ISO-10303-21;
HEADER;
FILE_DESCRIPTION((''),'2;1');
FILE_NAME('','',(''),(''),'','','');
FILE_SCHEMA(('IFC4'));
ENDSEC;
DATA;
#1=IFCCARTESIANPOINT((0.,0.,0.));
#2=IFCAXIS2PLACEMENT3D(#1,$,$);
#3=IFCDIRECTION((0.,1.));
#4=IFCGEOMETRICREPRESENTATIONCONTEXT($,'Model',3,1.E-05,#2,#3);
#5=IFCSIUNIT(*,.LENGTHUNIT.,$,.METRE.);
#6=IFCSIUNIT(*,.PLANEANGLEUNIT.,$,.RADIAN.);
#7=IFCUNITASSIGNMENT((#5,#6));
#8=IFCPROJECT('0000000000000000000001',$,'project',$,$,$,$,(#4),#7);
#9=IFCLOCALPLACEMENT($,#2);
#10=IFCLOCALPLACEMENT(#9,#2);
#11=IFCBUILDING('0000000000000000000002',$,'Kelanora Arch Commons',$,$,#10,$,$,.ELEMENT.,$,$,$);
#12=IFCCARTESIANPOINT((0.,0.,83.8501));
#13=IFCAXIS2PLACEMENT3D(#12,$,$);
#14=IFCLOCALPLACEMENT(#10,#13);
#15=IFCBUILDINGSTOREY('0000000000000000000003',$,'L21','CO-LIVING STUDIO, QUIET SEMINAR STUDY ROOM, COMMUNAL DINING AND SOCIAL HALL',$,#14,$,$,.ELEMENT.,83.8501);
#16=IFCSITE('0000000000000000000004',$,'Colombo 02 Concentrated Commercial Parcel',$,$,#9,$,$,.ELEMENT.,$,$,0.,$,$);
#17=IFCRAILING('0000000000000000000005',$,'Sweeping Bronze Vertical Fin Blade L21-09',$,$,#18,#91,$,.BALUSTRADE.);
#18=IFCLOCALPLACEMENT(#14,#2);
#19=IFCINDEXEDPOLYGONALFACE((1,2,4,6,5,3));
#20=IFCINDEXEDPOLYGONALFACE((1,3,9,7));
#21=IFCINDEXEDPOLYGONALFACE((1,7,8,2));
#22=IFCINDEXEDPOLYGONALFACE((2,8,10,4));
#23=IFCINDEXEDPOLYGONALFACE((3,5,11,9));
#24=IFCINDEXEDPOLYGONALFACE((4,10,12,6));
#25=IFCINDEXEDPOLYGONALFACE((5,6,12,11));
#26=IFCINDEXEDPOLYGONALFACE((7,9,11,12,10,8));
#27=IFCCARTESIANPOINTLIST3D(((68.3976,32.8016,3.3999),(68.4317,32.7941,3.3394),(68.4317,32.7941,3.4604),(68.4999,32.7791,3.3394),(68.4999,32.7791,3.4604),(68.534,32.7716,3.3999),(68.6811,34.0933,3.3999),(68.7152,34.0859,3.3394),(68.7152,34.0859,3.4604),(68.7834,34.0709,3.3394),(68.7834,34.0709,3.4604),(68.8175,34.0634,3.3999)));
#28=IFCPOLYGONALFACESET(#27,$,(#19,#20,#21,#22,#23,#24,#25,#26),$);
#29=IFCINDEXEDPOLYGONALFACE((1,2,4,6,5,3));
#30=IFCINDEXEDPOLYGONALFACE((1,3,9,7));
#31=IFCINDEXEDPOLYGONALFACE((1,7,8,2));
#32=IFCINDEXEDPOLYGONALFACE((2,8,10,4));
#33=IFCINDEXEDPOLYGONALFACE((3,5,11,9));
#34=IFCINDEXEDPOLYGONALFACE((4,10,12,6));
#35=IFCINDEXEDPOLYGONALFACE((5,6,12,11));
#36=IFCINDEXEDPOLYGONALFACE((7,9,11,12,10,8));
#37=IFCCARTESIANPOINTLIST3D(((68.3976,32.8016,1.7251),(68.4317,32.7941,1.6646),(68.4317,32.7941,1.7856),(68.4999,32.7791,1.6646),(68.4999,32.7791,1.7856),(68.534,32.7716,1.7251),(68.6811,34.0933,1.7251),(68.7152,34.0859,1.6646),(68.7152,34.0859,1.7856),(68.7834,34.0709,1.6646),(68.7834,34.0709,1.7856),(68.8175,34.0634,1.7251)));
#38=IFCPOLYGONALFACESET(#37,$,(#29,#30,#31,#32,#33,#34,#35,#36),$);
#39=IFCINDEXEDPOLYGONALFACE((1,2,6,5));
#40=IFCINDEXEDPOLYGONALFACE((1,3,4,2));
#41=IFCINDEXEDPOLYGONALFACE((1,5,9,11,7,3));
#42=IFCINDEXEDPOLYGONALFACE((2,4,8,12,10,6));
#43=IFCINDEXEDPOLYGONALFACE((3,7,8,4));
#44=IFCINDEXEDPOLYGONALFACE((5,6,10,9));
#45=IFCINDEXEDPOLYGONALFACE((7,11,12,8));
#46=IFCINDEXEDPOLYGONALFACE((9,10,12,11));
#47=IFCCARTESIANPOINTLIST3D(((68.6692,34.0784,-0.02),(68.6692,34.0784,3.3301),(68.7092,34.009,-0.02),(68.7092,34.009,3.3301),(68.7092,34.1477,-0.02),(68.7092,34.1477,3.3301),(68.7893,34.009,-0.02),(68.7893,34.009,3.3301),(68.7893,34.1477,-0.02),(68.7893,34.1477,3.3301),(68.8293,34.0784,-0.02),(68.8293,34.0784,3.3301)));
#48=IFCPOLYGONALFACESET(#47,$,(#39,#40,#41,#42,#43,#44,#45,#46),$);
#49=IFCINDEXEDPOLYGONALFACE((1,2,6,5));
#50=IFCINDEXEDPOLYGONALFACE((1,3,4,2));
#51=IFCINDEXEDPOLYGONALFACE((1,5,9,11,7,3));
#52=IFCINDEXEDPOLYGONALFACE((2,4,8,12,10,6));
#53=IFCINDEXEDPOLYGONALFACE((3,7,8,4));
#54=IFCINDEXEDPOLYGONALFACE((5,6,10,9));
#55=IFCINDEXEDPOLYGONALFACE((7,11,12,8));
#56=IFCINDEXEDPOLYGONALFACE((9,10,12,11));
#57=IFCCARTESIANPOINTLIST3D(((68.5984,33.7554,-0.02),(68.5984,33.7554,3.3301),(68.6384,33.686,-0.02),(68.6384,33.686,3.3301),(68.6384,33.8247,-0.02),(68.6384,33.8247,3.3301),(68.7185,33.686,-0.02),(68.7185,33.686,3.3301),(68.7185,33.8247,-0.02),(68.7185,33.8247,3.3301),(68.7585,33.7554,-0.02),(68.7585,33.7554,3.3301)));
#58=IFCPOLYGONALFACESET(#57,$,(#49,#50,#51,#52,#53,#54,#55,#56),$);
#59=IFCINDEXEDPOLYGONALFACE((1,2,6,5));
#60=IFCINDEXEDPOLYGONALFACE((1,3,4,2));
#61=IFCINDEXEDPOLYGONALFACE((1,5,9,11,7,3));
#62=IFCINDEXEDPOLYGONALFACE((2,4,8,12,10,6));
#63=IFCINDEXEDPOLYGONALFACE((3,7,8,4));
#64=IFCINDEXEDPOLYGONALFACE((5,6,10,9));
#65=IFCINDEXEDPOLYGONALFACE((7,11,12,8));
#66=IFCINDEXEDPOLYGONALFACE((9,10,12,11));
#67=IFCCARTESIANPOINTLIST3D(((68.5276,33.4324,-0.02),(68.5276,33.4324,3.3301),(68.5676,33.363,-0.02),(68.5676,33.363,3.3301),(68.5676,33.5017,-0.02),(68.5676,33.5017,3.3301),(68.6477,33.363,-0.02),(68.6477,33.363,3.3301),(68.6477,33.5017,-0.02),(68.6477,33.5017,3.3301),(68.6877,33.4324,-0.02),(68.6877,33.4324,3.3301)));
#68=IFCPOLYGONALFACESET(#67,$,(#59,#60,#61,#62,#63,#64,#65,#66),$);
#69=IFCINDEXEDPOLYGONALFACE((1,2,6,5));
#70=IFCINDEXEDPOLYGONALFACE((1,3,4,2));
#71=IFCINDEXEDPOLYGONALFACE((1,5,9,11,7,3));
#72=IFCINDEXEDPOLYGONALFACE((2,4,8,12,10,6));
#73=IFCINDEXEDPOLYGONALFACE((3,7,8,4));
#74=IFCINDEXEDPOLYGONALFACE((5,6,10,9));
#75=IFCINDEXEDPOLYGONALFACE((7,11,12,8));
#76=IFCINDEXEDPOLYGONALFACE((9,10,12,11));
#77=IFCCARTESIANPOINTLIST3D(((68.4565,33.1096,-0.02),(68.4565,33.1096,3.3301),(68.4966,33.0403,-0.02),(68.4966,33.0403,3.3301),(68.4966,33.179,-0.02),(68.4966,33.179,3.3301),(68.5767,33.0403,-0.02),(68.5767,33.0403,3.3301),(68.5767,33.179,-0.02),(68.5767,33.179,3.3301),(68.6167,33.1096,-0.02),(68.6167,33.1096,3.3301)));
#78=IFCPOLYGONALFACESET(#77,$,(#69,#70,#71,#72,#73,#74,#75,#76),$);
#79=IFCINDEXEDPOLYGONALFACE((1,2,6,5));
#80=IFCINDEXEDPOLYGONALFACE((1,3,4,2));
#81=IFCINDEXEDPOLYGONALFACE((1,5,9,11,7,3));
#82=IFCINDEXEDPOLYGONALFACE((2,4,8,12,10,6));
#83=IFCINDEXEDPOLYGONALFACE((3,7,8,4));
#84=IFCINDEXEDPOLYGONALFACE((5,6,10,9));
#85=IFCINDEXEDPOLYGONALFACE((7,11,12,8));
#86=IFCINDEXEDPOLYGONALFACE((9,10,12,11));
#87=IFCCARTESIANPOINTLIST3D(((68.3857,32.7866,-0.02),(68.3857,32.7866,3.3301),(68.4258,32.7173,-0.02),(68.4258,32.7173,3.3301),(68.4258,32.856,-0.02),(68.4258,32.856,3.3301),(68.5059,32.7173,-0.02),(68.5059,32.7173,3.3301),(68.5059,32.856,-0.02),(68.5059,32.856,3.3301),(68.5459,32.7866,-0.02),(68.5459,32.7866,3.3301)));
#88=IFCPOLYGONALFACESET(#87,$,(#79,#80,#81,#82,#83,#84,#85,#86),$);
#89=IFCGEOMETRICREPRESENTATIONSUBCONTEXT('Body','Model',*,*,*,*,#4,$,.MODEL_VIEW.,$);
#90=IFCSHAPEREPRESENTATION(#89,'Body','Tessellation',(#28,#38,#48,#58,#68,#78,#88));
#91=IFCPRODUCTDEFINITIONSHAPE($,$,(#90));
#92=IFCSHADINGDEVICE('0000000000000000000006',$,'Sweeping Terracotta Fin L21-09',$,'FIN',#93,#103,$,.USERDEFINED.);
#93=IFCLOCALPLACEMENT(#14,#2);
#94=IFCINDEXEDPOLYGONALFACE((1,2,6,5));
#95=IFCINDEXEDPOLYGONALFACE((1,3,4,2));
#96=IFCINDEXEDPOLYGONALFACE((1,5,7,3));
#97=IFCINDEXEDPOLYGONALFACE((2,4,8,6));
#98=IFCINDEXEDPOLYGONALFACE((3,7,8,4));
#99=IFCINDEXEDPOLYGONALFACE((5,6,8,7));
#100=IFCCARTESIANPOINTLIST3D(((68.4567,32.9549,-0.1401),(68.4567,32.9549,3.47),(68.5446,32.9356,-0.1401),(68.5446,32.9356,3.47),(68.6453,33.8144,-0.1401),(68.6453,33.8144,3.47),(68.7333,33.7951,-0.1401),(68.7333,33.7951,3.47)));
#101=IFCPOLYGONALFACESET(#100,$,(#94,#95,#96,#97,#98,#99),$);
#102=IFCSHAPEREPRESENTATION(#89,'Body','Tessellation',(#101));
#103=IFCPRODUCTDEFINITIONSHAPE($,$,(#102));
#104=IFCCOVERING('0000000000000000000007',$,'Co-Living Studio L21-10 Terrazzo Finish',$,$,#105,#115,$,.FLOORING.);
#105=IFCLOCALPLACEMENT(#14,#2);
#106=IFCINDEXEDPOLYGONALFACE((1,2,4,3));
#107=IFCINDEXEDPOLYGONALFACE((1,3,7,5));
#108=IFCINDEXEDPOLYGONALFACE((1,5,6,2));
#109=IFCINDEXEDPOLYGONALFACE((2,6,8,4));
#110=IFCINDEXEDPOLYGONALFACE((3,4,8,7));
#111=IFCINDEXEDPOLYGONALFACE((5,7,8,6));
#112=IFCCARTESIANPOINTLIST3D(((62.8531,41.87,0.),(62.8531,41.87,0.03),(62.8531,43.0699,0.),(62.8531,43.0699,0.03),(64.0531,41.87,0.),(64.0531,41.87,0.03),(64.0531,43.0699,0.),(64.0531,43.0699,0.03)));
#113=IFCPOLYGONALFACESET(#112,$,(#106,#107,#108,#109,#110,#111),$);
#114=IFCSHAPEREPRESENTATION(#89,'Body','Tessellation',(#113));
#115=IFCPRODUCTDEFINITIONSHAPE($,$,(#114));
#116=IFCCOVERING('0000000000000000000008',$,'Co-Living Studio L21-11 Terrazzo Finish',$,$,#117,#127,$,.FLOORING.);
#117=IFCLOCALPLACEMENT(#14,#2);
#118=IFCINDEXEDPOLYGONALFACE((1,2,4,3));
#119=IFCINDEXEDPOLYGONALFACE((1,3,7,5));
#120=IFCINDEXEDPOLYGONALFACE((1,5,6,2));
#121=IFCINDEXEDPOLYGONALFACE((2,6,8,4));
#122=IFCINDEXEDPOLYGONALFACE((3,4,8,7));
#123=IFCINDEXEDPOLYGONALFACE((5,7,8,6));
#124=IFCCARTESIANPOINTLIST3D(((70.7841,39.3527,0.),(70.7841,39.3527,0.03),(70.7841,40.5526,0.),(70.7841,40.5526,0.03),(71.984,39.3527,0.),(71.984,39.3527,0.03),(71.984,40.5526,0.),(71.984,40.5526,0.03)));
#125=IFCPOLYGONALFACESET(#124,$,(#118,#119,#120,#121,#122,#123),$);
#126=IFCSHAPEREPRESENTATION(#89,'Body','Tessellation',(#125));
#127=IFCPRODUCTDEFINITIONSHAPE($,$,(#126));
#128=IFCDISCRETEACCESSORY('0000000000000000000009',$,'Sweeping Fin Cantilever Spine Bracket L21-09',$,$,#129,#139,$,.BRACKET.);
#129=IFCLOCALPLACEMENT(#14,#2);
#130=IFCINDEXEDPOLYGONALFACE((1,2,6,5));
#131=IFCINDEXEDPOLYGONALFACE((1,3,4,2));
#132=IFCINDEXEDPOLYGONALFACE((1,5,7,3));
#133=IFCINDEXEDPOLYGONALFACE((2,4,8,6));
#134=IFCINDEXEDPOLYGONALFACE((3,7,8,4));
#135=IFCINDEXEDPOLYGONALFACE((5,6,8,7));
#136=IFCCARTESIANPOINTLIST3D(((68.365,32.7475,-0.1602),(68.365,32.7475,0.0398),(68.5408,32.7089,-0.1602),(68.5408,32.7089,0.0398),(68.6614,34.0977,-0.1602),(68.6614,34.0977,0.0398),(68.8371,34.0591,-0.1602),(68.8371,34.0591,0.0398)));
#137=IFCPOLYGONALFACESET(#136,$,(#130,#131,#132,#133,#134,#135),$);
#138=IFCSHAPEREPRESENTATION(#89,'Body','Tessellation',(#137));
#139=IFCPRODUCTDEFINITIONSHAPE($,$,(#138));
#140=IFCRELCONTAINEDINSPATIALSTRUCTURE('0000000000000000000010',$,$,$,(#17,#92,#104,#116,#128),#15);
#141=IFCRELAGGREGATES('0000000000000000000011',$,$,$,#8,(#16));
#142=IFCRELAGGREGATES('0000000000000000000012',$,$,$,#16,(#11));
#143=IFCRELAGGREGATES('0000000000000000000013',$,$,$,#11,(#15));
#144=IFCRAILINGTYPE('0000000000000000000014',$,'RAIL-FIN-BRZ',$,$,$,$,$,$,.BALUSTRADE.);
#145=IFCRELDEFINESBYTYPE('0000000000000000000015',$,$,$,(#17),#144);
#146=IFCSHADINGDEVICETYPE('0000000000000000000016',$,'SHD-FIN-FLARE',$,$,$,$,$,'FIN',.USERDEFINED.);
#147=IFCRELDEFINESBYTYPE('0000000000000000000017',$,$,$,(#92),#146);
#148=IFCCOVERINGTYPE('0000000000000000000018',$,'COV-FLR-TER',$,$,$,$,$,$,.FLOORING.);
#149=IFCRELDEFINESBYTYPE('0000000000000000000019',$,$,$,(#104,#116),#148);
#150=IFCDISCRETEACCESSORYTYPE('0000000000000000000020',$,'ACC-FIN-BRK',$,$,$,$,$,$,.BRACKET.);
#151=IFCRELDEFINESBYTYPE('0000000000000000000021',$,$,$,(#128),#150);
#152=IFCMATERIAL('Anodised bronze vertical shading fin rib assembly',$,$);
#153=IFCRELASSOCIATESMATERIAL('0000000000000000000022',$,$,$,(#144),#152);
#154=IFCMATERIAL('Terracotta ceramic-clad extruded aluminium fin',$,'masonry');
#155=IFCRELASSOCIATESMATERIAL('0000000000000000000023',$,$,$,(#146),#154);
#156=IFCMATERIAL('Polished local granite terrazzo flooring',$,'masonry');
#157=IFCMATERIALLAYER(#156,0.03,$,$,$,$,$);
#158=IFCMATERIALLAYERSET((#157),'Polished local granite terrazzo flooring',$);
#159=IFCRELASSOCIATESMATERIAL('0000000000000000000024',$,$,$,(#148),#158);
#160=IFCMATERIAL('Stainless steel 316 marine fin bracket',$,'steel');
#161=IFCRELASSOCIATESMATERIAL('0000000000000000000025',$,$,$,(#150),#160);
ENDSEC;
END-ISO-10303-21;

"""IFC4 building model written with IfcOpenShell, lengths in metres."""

from ifc_helpers import new_model, si_unit, direction, frame, origin, origin_2d, place, context, subcontext, project, spatial, polyline, rectangle, outline, extrude, source, transform, mapped, material, layer, layer_set, type_object, element, save


model = new_model("IFC4")

# Units and contexts
model_context = context("Model", 3, precision=1e-05, world=origin(), true_north=direction((0.0, 1.0)))
body_context = subcontext(model_context, "Body", "Model", "MODEL_VIEW")
ifc_project = project(units=[si_unit("LENGTHUNIT", "METRE"), si_unit("PLANEANGLEUNIT", "RADIAN")], contexts=[model_context])

# Site, building, storey
site_placement = place(None, origin())
site = spatial("IfcSite", under=ifc_project, at=site_placement, Name="Colombo 02 Concentrated Commercial Parcel", CompositionType="ELEMENT", RefElevation=0.0)
building_placement = place(site_placement, origin())
building = spatial("IfcBuilding", under=site, at=building_placement, Name="Kelanora Arch Commons", CompositionType="ELEMENT")
storey_placement = place(building_placement, frame((0.0, 0.0, 83.8501)))
storey = spatial("IfcBuildingStorey", under=building, at=storey_placement, Name="L21", Description="CO-LIVING STUDIO, QUIET SEMINAR STUDY ROOM, COMMUNAL DINING AND SOCIAL HALL", CompositionType="ELEMENT", Elevation=83.8501)

# Railing
ifc_material_1 = material(Name="Anodised bronze vertical shading fin rib assembly")
railing_type = type_object("IfcRailingType", Name="RAIL-FIN-BRZ", PredefinedType="BALUSTRADE", material=ifc_material_1)
railing_placement = place(storey_placement, frame((68.7493, 34.0784, -0.02)))
element("IfcRailing", 1, at=railing_placement, inside=storey, type_object=railing_type, Name="Sweeping Bronze Vertical Fin Blade L21-09", PredefinedType="BALUSTRADE", context=body_context, shape_type="SweptSolid", body=[
    extrude(outline(polyline([(0.0698, 0.0), (0.0349, 0.0605), (-0.0349, 0.0605), (-0.0698, 0.0), (-0.0349, -0.0605), (0.0349, -0.0605), (0.0698, 0.0)])), frame((0.0, 0.0, 3.4199), z_axis=(-0.21433, -0.976761, 0.0), x_axis=(0.976761, -0.21433, 0.0)), (0.0, 0.0, 1.0), 1.3225),
    extrude(outline(polyline([(0.0698, 0.0), (0.0349, 0.0605), (-0.0349, 0.0605), (-0.0698, 0.0), (-0.0349, -0.0605), (0.0349, -0.0605), (0.0698, 0.0)])), frame((0.0, 0.0, 1.7451), z_axis=(-0.21433, -0.976761, 0.0), x_axis=(0.976761, -0.21433, 0.0)), (0.0, 0.0, 1.0), 1.3225),
    extrude(outline(polyline([(0.0801, 0.0), (0.04, 0.0693), (-0.04, 0.0693), (-0.0801, 0.0), (-0.04, -0.0693), (0.04, -0.0693), (0.0801, 0.0)])), origin(), (0.0, 0.0, 1.0), 3.3501),
    extrude(outline(polyline([(0.0801, 0.0), (0.04, 0.0693), (-0.04, 0.0693), (-0.0801, 0.0), (-0.04, -0.0693), (0.04, -0.0693), (0.0801, 0.0)])), frame((-0.0708, -0.323, 0.0)), (0.0, 0.0, 1.0), 3.3501),
    extrude(outline(polyline([(0.0801, 0.0), (0.04, 0.0693), (-0.04, 0.0693), (-0.0801, 0.0), (-0.04, -0.0693), (0.04, -0.0693), (0.0801, 0.0)])), frame((-0.1416, -0.646, 0.0)), (0.0, 0.0, 1.0), 3.3501),
    extrude(outline(polyline([(0.0801, 0.0), (0.04, 0.0693), (-0.04, 0.0693), (-0.0801, 0.0), (-0.04, -0.0693), (0.04, -0.0693), (0.0801, 0.0)])), frame((-0.2126, -0.9688, 0.0)), (0.0, 0.0, 1.0), 3.3501),
    extrude(outline(polyline([(0.0801, 0.0), (0.04, 0.0693), (-0.04, 0.0693), (-0.0801, 0.0), (-0.04, -0.0693), (0.04, -0.0693), (0.0801, 0.0)])), frame((-0.2834, -1.2917, 0.0)), (0.0, 0.0, 1.0), 3.3501),
])

# Shading device
ifc_material_2 = material(Name="Terracotta ceramic-clad extruded aluminium fin", Category="masonry")
shading_device_type = type_object("IfcShadingDeviceType", Name="SHD-FIN-FLARE", ElementType="FIN", PredefinedType="USERDEFINED", material=ifc_material_2)
shared_shape_1 = source(origin(), body_context, "Body", "SweptSolid", [
    extrude(rectangle(XDim=0.8799, YDim=0.0901, at=origin_2d()), origin(), (0.0, 0.0, 1.0), 3.6101),
])
shading_device_placement = place(storey_placement, frame((68.595, 33.375, -0.1401), z_axis=(0.0, 0.0, 1.0), x_axis=(-0.214394, -0.976747, 0.0)))
element("IfcShadingDevice", 2, at=shading_device_placement, inside=storey, type_object=shading_device_type, Name="Sweeping Terracotta Fin L21-09", ObjectType="FIN", PredefinedType="USERDEFINED", context=body_context, shape_type="MappedRepresentation", body=[
    mapped(shared_shape_1, transform((0.0, 0.0, 0.0), scale=1.0)),
])

# Coverings
ifc_material_3 = material(Name="Polished local granite terrazzo flooring", Category="masonry")
ifc_layer_1 = layer(ifc_material_3, 0.03)
ifc_layer_set_1 = layer_set([ifc_layer_1], Name="Polished local granite terrazzo flooring")
covering_type = type_object("IfcCoveringType", Name="COV-FLR-TER", PredefinedType="FLOORING", material=ifc_layer_set_1)
shared_shape_2 = source(origin(), body_context, "Body", "SweptSolid", [
    extrude(rectangle(XDim=1.2, YDim=1.2, at=origin_2d()), origin(), (0.0, 0.0, 1.0), 0.03),
])
for number, where, z_axis, x_axis, name in (
    (3, (63.4531, 42.47, 0.0), (0.0, 0.0, 1.0), (1.0, 0.0, 0.0), "Co-Living Studio L21-10 Terrazzo Finish"),
    (4, (71.384, 39.9526, 0.0), (0.0, 0.0, 1.0), (1.0, 0.0, 0.0), "Co-Living Studio L21-11 Terrazzo Finish"),
):
    element("IfcCovering", number, at=place(storey_placement, frame(where, z_axis=z_axis, x_axis=x_axis)), inside=storey, type_object=covering_type, Name=name, PredefinedType="FLOORING", context=body_context, shape_type="MappedRepresentation", body=[
        mapped(shared_shape_2, transform((0.0, 0.0, 0.0), scale=1.0)),
    ])

# Discrete accessory
ifc_material_4 = material(Name="Stainless steel 316 marine fin bracket", Category="steel")
discrete_accessory_type = type_object("IfcDiscreteAccessoryType", Name="ACC-FIN-BRK", PredefinedType="BRACKET", material=ifc_material_4)
shared_shape_3 = source(origin(), body_context, "Body", "SweptSolid", [
    extrude(rectangle(XDim=1.3823, YDim=0.1799, at=origin_2d()), origin(), (0.0, 0.0, 1.0), 0.2),
])
discrete_accessory_placement = place(storey_placement, frame((68.6011, 33.4033, -0.1602), z_axis=(0.0, 0.0, 1.0), x_axis=(-0.214394, -0.976747, 0.0)))
element("IfcDiscreteAccessory", 5, at=discrete_accessory_placement, inside=storey, type_object=discrete_accessory_type, Name="Sweeping Fin Cantilever Spine Bracket L21-09", PredefinedType="BRACKET", context=body_context, shape_type="MappedRepresentation", body=[
    mapped(shared_shape_3, transform((0.0, 0.0, 0.0), scale=1.0)),
])

save(model, "model.ifc")
